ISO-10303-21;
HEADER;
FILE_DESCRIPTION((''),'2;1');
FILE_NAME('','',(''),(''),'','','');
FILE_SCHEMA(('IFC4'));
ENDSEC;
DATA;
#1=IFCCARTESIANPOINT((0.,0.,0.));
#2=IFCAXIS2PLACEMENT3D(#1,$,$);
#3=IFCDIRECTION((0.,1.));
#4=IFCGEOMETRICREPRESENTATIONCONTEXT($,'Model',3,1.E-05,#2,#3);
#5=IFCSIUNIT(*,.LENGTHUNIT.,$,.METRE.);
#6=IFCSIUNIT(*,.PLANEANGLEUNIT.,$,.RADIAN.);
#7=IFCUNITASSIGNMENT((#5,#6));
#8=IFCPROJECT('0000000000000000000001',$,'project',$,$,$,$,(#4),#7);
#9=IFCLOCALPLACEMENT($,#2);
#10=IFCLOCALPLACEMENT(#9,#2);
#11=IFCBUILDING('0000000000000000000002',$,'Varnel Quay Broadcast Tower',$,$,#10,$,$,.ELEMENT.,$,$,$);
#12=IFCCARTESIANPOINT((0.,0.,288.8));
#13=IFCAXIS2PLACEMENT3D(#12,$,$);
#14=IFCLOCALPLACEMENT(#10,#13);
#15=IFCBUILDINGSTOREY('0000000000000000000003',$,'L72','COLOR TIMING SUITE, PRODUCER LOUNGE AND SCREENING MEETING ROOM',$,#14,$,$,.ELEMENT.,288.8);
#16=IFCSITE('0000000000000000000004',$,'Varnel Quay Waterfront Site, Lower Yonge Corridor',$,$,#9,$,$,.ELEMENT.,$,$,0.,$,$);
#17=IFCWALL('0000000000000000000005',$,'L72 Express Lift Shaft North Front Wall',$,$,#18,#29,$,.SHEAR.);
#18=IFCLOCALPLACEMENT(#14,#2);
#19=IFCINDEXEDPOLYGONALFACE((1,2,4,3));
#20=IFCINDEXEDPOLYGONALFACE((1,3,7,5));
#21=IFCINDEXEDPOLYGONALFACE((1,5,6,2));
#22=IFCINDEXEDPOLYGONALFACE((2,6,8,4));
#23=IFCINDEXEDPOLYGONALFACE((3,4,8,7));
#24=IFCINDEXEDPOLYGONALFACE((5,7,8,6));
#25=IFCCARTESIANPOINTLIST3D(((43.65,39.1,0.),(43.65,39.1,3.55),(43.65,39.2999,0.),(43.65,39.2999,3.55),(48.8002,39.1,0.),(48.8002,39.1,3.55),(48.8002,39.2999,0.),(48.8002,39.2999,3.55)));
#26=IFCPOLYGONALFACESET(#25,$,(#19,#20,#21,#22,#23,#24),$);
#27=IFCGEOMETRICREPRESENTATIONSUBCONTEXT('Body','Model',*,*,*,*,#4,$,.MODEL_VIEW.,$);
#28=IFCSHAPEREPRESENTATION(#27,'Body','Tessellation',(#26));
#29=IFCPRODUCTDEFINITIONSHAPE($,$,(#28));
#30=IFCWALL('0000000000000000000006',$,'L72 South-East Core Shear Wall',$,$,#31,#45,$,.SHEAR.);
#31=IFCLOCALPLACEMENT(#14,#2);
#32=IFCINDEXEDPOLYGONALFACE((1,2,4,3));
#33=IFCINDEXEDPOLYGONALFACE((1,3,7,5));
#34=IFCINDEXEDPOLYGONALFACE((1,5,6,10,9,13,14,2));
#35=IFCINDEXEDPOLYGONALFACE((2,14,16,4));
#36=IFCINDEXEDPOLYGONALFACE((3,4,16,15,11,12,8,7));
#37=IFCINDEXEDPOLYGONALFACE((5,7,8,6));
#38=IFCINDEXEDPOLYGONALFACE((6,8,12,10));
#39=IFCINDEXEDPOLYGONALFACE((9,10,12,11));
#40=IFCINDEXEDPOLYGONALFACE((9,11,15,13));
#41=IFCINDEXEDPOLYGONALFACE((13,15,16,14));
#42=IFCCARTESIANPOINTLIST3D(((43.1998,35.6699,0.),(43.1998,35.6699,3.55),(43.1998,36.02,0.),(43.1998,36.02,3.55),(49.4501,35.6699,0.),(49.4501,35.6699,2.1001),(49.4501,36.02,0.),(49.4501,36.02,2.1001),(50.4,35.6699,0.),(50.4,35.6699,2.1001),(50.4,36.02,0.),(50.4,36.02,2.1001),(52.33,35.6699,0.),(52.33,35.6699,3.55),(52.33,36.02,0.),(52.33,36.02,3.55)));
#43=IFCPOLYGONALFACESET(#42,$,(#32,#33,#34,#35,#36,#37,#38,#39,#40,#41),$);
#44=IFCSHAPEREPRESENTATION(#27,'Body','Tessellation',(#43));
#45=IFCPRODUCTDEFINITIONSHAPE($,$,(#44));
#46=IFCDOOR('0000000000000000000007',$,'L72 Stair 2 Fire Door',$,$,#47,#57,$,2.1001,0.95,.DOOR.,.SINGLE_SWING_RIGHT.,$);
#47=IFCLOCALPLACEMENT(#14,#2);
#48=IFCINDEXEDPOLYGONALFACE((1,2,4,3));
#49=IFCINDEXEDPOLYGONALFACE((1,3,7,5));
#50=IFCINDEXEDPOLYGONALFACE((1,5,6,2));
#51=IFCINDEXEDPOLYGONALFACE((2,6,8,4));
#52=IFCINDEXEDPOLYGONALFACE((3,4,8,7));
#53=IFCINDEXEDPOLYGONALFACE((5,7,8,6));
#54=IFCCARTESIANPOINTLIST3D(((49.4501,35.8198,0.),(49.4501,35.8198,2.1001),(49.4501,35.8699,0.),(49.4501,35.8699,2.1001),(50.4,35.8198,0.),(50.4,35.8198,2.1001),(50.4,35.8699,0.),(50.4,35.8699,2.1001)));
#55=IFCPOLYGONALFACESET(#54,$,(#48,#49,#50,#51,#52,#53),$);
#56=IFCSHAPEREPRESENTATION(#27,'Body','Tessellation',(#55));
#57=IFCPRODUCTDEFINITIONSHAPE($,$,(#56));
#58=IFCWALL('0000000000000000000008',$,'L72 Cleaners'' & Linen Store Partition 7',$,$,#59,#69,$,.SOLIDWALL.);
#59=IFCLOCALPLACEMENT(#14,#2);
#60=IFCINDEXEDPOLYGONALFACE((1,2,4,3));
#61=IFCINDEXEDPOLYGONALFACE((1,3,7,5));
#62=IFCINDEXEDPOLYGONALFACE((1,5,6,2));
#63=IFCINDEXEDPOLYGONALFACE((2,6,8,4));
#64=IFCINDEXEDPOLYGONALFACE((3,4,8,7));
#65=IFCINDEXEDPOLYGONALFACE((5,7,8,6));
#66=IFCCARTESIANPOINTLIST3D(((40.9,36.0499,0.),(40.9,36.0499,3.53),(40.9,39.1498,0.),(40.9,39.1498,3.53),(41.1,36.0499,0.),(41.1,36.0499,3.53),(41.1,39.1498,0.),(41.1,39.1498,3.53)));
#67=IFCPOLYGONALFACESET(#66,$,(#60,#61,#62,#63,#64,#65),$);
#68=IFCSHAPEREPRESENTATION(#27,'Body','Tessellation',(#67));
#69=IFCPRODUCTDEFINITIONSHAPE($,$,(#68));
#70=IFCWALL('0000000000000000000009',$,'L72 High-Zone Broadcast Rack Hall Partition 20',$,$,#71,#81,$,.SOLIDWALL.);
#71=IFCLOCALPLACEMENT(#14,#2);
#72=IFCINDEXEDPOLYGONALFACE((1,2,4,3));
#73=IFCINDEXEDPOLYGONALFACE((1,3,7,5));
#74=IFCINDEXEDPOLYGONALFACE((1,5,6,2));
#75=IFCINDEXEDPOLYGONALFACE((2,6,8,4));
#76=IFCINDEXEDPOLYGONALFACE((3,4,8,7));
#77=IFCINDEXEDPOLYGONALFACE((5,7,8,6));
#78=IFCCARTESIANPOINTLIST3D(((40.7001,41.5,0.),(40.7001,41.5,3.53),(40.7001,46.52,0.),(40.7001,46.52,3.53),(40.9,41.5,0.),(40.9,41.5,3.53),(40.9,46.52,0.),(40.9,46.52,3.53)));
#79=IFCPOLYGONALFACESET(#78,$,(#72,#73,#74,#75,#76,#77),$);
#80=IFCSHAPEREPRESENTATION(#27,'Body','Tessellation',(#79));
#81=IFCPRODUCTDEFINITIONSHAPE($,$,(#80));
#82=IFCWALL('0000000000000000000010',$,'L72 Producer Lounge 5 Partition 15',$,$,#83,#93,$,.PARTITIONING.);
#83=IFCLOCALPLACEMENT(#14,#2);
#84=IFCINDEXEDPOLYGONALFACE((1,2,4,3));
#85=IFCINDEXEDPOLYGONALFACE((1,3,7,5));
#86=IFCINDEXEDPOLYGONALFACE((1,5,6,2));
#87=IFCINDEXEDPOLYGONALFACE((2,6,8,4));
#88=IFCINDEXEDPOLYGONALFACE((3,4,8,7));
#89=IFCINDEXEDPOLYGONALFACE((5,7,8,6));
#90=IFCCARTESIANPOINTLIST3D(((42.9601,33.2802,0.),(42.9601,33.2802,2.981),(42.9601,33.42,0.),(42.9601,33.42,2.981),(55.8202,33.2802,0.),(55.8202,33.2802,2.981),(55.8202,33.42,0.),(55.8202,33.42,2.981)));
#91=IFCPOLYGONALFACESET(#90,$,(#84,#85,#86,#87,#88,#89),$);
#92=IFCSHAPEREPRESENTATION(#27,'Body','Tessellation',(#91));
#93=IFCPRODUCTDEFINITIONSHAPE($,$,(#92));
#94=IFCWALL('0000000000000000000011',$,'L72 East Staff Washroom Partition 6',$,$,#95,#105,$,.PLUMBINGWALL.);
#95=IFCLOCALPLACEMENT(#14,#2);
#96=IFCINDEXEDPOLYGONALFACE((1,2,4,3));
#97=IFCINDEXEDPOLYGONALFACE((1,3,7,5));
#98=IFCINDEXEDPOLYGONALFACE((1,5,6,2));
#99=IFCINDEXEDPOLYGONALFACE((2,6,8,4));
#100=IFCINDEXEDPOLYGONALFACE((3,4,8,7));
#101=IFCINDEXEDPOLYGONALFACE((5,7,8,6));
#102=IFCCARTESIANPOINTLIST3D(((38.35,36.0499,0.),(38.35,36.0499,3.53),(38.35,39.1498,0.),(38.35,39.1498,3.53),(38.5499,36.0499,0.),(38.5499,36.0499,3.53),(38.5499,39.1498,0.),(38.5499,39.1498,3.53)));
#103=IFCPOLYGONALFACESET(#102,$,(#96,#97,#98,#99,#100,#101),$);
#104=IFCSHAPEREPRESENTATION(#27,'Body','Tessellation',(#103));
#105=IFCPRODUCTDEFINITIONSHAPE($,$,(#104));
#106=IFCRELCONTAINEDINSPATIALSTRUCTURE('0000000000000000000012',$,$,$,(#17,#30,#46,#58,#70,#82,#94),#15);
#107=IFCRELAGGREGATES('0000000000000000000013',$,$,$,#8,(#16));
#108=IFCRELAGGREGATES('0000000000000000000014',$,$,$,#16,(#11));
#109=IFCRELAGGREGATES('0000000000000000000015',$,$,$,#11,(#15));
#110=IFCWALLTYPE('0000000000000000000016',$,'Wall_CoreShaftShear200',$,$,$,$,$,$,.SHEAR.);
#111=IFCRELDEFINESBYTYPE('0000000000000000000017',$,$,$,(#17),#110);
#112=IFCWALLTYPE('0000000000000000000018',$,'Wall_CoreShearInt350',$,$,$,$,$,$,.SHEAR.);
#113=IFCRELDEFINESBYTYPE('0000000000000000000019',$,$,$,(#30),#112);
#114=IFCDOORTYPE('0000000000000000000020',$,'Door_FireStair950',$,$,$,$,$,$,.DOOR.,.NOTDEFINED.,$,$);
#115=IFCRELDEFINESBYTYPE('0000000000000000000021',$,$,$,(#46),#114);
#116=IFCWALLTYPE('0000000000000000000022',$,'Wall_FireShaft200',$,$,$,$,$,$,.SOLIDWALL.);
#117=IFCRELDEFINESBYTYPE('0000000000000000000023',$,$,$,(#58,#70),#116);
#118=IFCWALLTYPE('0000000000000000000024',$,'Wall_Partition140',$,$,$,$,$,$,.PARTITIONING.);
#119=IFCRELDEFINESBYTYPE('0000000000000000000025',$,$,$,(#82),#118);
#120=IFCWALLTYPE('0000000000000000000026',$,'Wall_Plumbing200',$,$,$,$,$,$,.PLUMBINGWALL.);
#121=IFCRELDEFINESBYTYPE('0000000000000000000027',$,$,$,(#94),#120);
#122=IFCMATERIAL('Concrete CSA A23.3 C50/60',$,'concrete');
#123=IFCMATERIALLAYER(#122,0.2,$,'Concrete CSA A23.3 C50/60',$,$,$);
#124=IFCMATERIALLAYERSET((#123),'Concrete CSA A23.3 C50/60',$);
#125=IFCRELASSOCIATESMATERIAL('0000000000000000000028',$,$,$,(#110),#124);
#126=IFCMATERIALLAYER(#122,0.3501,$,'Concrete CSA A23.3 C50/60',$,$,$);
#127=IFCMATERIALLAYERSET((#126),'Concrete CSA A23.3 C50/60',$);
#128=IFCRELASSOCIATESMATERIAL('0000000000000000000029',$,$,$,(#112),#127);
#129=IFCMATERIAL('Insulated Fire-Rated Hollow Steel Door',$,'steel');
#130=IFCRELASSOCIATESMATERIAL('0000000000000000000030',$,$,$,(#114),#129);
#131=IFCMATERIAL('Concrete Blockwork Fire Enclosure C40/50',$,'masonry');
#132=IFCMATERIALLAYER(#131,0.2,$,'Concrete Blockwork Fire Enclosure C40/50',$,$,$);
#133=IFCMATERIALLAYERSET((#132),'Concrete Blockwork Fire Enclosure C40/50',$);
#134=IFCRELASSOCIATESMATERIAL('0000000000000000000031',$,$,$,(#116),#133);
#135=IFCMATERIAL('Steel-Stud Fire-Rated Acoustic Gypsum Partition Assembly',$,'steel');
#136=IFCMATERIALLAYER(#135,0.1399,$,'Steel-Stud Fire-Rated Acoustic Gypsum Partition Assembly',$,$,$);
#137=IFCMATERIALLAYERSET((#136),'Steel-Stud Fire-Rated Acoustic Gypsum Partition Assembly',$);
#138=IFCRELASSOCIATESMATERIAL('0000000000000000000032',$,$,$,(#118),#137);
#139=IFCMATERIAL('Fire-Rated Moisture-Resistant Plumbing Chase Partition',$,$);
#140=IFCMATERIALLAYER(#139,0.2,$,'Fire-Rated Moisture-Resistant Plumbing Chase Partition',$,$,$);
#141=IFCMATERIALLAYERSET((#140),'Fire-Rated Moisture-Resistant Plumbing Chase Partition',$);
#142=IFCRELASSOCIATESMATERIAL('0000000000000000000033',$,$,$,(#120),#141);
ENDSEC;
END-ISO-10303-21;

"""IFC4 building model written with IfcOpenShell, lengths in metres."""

from ifc_helpers import new_model, si_unit, direction, frame, frame_2d, origin, place, context, subcontext, project, spatial, rectangle, extrude, source, transform, mapped, material, layer, layer_set, type_object, type_shapes, element, fill, save


model = new_model("IFC4")

# Units and contexts
model_context = context("Model", 3, precision=1e-05, world=origin(), true_north=direction((0.0, 1.0)))
body_context = subcontext(model_context, "Body", "Model", "MODEL_VIEW")
ifc_project = project(units=[si_unit("LENGTHUNIT", "METRE"), si_unit("PLANEANGLEUNIT", "RADIAN")], contexts=[model_context])

# Site, building, storey
site_placement = place(None, origin())
site = spatial("IfcSite", under=ifc_project, at=site_placement, Name="Varnel Quay Waterfront Site, Lower Yonge Corridor", CompositionType="ELEMENT", RefElevation=0.0)
building_placement = place(site_placement, origin())
building = spatial("IfcBuilding", under=site, at=building_placement, Name="Varnel Quay Broadcast Tower", CompositionType="ELEMENT")
storey_placement = place(building_placement, frame((0.0, 0.0, 288.8)))
storey = spatial("IfcBuildingStorey", under=building, at=storey_placement, Name="L72", Description="COLOR TIMING SUITE, PRODUCER LOUNGE AND SCREENING MEETING ROOM", CompositionType="ELEMENT", Elevation=288.8)

# Wall
ifc_material_1 = material(Name="Concrete CSA A23.3 C50/60", Category="concrete")
ifc_layer_1 = layer(ifc_material_1, 0.2, Name="Concrete CSA A23.3 C50/60")
ifc_layer_set_1 = layer_set([ifc_layer_1], Name="Concrete CSA A23.3 C50/60")
wall_type_1 = type_object("IfcWallType", Name="Wall_CoreShaftShear200", PredefinedType="SHEAR", material=ifc_layer_set_1)
wall_1_placement = place(storey_placement, frame((43.6499, 39.2, 0.0), z_axis=(0.0, 0.0, 1.0), x_axis=(1.0, 0.0, 0.0)))
element("IfcWall", 1, at=wall_1_placement, inside=storey, type_object=wall_type_1, Name="L72 Express Lift Shaft North Front Wall", PredefinedType="SHEAR", context=body_context, shape_type="SweptSolid", body=[
    extrude(rectangle(XDim=5.1501, YDim=0.2, at=frame_2d((2.5752, 0.0))), origin(), (0.0, 0.0, 1.0), 3.55),
])

# Wall, opening, door
ifc_layer_2 = layer(ifc_material_1, 0.3501, Name="Concrete CSA A23.3 C50/60")
ifc_layer_set_2 = layer_set([ifc_layer_2], Name="Concrete CSA A23.3 C50/60")
wall_type_2 = type_object("IfcWallType", Name="Wall_CoreShearInt350", PredefinedType="SHEAR", material=ifc_layer_set_2)
wall_2_placement = place(storey_placement, frame((43.2, 35.845, 0.0), z_axis=(0.0, 0.0, 1.0), x_axis=(1.0, 0.0, 0.0)))
wall_2 = element("IfcWall", 2, at=wall_2_placement, inside=storey, type_object=wall_type_2, Name="L72 South-East Core Shear Wall", PredefinedType="SHEAR", context=body_context, shape_type="SweptSolid", body=[
    extrude(rectangle(XDim=9.1301, YDim=0.3501, at=frame_2d((4.5649, 0.0))), origin(), (0.0, 0.0, 1.0), 3.55),
])
opening_placement = place(wall_2_placement, frame((6.25, 0.0, 0.0)))
opening = element("IfcOpeningElement", 3, at=opening_placement, cuts=wall_2, PredefinedType="OPENING", context=body_context, shape_type="SweptSolid", body=[
    extrude(rectangle(XDim=0.95, YDim=2.1001, at=frame_2d((0.4751, 1.05))), frame((0.0, 0.1851, 0.0), z_axis=(0.0, -1.0, 0.0), x_axis=(1.0, 0.0, 0.0)), (0.0, 0.0, 1.0), 0.3701),
])
ifc_material_2 = material(Name="Insulated Fire-Rated Hollow Steel Door", Category="steel")
door_type = type_object("IfcDoorType", Name="Door_FireStair950", OperationType="NOTDEFINED", PredefinedType="DOOR", material=ifc_material_2)
shared_shape_1 = source(origin(), body_context, "Body", "SweptSolid", [
    extrude(rectangle(XDim=0.95, YDim=2.1001, at=frame_2d((0.4751, 1.05))), frame((0.0, 0.0249, 0.0), z_axis=(0.0, -1.0, 0.0), x_axis=(1.0, 0.0, 0.0)), (0.0, 0.0, 1.0), 0.05),
])
type_shapes(door_type, [shared_shape_1])
door_placement = place(opening_placement, origin())
door = element("IfcDoor", 4, at=door_placement, inside=storey, type_object=door_type, Name="L72 Stair 2 Fire Door", OperationType="SINGLE_SWING_RIGHT", OverallHeight=2.1001, OverallWidth=0.95, PredefinedType="DOOR", context=body_context, shape_type="MappedRepresentation", body=[
    mapped(shared_shape_1, transform((0.0, 0.0, 0.0), x_axis=(1.0, 0.0, 0.0), y_axis=(0.0, 1.0, 0.0), z_axis=(0.0, 0.0, 1.0), scale=1.0)),
])
fill(opening, door)

# Walls
ifc_material_3 = material(Name="Concrete Blockwork Fire Enclosure C40/50", Category="masonry")
ifc_layer_3 = layer(ifc_material_3, 0.2, Name="Concrete Blockwork Fire Enclosure C40/50")
ifc_layer_set_3 = layer_set([ifc_layer_3], Name="Concrete Blockwork Fire Enclosure C40/50")
wall_type_3 = type_object("IfcWallType", Name="Wall_FireShaft200", PredefinedType="SOLIDWALL", material=ifc_layer_set_3)
wall_3_placement = place(storey_placement, frame((41.0, 36.05, 0.0), z_axis=(0.0, 0.0, 1.0), x_axis=(0.0, 1.0, 0.0)))
element("IfcWall", 5, at=wall_3_placement, inside=storey, type_object=wall_type_3, Name="L72 Cleaners' & Linen Store Partition 7", PredefinedType="SOLIDWALL", context=body_context, shape_type="SweptSolid", body=[
    extrude(rectangle(XDim=3.0999, YDim=0.2, at=frame_2d((1.5498, 0.0))), origin(), (0.0, 0.0, 1.0), 3.53),
])
wall_4_placement = place(storey_placement, frame((40.8, 41.5, 0.0), z_axis=(0.0, 0.0, 1.0), x_axis=(0.0, 1.0, 0.0)))
element("IfcWall", 6, at=wall_4_placement, inside=storey, type_object=wall_type_3, Name="L72 High-Zone Broadcast Rack Hall Partition 20", PredefinedType="SOLIDWALL", context=body_context, shape_type="SweptSolid", body=[
    extrude(rectangle(XDim=5.02, YDim=0.2, at=frame_2d((2.51, 0.0))), origin(), (0.0, 0.0, 1.0), 3.53),
])
ifc_material_4 = material(Name="Steel-Stud Fire-Rated Acoustic Gypsum Partition Assembly", Category="steel")
ifc_layer_4 = layer(ifc_material_4, 0.1399, Name="Steel-Stud Fire-Rated Acoustic Gypsum Partition Assembly")
ifc_layer_set_4 = layer_set([ifc_layer_4], Name="Steel-Stud Fire-Rated Acoustic Gypsum Partition Assembly")
wall_type_4 = type_object("IfcWallType", Name="Wall_Partition140", PredefinedType="PARTITIONING", material=ifc_layer_set_4)
wall_5_placement = place(storey_placement, frame((42.96, 33.3501, 0.0), z_axis=(0.0, 0.0, 1.0), x_axis=(1.0, 0.0, 0.0)))
element("IfcWall", 7, at=wall_5_placement, inside=storey, type_object=wall_type_4, Name="L72 Producer Lounge 5 Partition 15", PredefinedType="PARTITIONING", context=body_context, shape_type="SweptSolid", body=[
    extrude(rectangle(XDim=12.8601, YDim=0.1399, at=frame_2d((6.4302, 0.0))), origin(), (0.0, 0.0, 1.0), 2.981),
])
ifc_material_5 = material(Name="Fire-Rated Moisture-Resistant Plumbing Chase Partition")
ifc_layer_5 = layer(ifc_material_5, 0.2, Name="Fire-Rated Moisture-Resistant Plumbing Chase Partition")
ifc_layer_set_5 = layer_set([ifc_layer_5], Name="Fire-Rated Moisture-Resistant Plumbing Chase Partition")
wall_type_5 = type_object("IfcWallType", Name="Wall_Plumbing200", PredefinedType="PLUMBINGWALL", material=ifc_layer_set_5)
wall_6_placement = place(storey_placement, frame((38.45, 36.05, 0.0), z_axis=(0.0, 0.0, 1.0), x_axis=(0.0, 1.0, 0.0)))
element("IfcWall", 8, at=wall_6_placement, inside=storey, type_object=wall_type_5, Name="L72 East Staff Washroom Partition 6", PredefinedType="PLUMBINGWALL", context=body_context, shape_type="SweptSolid", body=[
    extrude(rectangle(XDim=3.0999, YDim=0.2, at=frame_2d((1.5498, 0.0))), origin(), (0.0, 0.0, 1.0), 3.53),
])

save(model, "model.ifc")
